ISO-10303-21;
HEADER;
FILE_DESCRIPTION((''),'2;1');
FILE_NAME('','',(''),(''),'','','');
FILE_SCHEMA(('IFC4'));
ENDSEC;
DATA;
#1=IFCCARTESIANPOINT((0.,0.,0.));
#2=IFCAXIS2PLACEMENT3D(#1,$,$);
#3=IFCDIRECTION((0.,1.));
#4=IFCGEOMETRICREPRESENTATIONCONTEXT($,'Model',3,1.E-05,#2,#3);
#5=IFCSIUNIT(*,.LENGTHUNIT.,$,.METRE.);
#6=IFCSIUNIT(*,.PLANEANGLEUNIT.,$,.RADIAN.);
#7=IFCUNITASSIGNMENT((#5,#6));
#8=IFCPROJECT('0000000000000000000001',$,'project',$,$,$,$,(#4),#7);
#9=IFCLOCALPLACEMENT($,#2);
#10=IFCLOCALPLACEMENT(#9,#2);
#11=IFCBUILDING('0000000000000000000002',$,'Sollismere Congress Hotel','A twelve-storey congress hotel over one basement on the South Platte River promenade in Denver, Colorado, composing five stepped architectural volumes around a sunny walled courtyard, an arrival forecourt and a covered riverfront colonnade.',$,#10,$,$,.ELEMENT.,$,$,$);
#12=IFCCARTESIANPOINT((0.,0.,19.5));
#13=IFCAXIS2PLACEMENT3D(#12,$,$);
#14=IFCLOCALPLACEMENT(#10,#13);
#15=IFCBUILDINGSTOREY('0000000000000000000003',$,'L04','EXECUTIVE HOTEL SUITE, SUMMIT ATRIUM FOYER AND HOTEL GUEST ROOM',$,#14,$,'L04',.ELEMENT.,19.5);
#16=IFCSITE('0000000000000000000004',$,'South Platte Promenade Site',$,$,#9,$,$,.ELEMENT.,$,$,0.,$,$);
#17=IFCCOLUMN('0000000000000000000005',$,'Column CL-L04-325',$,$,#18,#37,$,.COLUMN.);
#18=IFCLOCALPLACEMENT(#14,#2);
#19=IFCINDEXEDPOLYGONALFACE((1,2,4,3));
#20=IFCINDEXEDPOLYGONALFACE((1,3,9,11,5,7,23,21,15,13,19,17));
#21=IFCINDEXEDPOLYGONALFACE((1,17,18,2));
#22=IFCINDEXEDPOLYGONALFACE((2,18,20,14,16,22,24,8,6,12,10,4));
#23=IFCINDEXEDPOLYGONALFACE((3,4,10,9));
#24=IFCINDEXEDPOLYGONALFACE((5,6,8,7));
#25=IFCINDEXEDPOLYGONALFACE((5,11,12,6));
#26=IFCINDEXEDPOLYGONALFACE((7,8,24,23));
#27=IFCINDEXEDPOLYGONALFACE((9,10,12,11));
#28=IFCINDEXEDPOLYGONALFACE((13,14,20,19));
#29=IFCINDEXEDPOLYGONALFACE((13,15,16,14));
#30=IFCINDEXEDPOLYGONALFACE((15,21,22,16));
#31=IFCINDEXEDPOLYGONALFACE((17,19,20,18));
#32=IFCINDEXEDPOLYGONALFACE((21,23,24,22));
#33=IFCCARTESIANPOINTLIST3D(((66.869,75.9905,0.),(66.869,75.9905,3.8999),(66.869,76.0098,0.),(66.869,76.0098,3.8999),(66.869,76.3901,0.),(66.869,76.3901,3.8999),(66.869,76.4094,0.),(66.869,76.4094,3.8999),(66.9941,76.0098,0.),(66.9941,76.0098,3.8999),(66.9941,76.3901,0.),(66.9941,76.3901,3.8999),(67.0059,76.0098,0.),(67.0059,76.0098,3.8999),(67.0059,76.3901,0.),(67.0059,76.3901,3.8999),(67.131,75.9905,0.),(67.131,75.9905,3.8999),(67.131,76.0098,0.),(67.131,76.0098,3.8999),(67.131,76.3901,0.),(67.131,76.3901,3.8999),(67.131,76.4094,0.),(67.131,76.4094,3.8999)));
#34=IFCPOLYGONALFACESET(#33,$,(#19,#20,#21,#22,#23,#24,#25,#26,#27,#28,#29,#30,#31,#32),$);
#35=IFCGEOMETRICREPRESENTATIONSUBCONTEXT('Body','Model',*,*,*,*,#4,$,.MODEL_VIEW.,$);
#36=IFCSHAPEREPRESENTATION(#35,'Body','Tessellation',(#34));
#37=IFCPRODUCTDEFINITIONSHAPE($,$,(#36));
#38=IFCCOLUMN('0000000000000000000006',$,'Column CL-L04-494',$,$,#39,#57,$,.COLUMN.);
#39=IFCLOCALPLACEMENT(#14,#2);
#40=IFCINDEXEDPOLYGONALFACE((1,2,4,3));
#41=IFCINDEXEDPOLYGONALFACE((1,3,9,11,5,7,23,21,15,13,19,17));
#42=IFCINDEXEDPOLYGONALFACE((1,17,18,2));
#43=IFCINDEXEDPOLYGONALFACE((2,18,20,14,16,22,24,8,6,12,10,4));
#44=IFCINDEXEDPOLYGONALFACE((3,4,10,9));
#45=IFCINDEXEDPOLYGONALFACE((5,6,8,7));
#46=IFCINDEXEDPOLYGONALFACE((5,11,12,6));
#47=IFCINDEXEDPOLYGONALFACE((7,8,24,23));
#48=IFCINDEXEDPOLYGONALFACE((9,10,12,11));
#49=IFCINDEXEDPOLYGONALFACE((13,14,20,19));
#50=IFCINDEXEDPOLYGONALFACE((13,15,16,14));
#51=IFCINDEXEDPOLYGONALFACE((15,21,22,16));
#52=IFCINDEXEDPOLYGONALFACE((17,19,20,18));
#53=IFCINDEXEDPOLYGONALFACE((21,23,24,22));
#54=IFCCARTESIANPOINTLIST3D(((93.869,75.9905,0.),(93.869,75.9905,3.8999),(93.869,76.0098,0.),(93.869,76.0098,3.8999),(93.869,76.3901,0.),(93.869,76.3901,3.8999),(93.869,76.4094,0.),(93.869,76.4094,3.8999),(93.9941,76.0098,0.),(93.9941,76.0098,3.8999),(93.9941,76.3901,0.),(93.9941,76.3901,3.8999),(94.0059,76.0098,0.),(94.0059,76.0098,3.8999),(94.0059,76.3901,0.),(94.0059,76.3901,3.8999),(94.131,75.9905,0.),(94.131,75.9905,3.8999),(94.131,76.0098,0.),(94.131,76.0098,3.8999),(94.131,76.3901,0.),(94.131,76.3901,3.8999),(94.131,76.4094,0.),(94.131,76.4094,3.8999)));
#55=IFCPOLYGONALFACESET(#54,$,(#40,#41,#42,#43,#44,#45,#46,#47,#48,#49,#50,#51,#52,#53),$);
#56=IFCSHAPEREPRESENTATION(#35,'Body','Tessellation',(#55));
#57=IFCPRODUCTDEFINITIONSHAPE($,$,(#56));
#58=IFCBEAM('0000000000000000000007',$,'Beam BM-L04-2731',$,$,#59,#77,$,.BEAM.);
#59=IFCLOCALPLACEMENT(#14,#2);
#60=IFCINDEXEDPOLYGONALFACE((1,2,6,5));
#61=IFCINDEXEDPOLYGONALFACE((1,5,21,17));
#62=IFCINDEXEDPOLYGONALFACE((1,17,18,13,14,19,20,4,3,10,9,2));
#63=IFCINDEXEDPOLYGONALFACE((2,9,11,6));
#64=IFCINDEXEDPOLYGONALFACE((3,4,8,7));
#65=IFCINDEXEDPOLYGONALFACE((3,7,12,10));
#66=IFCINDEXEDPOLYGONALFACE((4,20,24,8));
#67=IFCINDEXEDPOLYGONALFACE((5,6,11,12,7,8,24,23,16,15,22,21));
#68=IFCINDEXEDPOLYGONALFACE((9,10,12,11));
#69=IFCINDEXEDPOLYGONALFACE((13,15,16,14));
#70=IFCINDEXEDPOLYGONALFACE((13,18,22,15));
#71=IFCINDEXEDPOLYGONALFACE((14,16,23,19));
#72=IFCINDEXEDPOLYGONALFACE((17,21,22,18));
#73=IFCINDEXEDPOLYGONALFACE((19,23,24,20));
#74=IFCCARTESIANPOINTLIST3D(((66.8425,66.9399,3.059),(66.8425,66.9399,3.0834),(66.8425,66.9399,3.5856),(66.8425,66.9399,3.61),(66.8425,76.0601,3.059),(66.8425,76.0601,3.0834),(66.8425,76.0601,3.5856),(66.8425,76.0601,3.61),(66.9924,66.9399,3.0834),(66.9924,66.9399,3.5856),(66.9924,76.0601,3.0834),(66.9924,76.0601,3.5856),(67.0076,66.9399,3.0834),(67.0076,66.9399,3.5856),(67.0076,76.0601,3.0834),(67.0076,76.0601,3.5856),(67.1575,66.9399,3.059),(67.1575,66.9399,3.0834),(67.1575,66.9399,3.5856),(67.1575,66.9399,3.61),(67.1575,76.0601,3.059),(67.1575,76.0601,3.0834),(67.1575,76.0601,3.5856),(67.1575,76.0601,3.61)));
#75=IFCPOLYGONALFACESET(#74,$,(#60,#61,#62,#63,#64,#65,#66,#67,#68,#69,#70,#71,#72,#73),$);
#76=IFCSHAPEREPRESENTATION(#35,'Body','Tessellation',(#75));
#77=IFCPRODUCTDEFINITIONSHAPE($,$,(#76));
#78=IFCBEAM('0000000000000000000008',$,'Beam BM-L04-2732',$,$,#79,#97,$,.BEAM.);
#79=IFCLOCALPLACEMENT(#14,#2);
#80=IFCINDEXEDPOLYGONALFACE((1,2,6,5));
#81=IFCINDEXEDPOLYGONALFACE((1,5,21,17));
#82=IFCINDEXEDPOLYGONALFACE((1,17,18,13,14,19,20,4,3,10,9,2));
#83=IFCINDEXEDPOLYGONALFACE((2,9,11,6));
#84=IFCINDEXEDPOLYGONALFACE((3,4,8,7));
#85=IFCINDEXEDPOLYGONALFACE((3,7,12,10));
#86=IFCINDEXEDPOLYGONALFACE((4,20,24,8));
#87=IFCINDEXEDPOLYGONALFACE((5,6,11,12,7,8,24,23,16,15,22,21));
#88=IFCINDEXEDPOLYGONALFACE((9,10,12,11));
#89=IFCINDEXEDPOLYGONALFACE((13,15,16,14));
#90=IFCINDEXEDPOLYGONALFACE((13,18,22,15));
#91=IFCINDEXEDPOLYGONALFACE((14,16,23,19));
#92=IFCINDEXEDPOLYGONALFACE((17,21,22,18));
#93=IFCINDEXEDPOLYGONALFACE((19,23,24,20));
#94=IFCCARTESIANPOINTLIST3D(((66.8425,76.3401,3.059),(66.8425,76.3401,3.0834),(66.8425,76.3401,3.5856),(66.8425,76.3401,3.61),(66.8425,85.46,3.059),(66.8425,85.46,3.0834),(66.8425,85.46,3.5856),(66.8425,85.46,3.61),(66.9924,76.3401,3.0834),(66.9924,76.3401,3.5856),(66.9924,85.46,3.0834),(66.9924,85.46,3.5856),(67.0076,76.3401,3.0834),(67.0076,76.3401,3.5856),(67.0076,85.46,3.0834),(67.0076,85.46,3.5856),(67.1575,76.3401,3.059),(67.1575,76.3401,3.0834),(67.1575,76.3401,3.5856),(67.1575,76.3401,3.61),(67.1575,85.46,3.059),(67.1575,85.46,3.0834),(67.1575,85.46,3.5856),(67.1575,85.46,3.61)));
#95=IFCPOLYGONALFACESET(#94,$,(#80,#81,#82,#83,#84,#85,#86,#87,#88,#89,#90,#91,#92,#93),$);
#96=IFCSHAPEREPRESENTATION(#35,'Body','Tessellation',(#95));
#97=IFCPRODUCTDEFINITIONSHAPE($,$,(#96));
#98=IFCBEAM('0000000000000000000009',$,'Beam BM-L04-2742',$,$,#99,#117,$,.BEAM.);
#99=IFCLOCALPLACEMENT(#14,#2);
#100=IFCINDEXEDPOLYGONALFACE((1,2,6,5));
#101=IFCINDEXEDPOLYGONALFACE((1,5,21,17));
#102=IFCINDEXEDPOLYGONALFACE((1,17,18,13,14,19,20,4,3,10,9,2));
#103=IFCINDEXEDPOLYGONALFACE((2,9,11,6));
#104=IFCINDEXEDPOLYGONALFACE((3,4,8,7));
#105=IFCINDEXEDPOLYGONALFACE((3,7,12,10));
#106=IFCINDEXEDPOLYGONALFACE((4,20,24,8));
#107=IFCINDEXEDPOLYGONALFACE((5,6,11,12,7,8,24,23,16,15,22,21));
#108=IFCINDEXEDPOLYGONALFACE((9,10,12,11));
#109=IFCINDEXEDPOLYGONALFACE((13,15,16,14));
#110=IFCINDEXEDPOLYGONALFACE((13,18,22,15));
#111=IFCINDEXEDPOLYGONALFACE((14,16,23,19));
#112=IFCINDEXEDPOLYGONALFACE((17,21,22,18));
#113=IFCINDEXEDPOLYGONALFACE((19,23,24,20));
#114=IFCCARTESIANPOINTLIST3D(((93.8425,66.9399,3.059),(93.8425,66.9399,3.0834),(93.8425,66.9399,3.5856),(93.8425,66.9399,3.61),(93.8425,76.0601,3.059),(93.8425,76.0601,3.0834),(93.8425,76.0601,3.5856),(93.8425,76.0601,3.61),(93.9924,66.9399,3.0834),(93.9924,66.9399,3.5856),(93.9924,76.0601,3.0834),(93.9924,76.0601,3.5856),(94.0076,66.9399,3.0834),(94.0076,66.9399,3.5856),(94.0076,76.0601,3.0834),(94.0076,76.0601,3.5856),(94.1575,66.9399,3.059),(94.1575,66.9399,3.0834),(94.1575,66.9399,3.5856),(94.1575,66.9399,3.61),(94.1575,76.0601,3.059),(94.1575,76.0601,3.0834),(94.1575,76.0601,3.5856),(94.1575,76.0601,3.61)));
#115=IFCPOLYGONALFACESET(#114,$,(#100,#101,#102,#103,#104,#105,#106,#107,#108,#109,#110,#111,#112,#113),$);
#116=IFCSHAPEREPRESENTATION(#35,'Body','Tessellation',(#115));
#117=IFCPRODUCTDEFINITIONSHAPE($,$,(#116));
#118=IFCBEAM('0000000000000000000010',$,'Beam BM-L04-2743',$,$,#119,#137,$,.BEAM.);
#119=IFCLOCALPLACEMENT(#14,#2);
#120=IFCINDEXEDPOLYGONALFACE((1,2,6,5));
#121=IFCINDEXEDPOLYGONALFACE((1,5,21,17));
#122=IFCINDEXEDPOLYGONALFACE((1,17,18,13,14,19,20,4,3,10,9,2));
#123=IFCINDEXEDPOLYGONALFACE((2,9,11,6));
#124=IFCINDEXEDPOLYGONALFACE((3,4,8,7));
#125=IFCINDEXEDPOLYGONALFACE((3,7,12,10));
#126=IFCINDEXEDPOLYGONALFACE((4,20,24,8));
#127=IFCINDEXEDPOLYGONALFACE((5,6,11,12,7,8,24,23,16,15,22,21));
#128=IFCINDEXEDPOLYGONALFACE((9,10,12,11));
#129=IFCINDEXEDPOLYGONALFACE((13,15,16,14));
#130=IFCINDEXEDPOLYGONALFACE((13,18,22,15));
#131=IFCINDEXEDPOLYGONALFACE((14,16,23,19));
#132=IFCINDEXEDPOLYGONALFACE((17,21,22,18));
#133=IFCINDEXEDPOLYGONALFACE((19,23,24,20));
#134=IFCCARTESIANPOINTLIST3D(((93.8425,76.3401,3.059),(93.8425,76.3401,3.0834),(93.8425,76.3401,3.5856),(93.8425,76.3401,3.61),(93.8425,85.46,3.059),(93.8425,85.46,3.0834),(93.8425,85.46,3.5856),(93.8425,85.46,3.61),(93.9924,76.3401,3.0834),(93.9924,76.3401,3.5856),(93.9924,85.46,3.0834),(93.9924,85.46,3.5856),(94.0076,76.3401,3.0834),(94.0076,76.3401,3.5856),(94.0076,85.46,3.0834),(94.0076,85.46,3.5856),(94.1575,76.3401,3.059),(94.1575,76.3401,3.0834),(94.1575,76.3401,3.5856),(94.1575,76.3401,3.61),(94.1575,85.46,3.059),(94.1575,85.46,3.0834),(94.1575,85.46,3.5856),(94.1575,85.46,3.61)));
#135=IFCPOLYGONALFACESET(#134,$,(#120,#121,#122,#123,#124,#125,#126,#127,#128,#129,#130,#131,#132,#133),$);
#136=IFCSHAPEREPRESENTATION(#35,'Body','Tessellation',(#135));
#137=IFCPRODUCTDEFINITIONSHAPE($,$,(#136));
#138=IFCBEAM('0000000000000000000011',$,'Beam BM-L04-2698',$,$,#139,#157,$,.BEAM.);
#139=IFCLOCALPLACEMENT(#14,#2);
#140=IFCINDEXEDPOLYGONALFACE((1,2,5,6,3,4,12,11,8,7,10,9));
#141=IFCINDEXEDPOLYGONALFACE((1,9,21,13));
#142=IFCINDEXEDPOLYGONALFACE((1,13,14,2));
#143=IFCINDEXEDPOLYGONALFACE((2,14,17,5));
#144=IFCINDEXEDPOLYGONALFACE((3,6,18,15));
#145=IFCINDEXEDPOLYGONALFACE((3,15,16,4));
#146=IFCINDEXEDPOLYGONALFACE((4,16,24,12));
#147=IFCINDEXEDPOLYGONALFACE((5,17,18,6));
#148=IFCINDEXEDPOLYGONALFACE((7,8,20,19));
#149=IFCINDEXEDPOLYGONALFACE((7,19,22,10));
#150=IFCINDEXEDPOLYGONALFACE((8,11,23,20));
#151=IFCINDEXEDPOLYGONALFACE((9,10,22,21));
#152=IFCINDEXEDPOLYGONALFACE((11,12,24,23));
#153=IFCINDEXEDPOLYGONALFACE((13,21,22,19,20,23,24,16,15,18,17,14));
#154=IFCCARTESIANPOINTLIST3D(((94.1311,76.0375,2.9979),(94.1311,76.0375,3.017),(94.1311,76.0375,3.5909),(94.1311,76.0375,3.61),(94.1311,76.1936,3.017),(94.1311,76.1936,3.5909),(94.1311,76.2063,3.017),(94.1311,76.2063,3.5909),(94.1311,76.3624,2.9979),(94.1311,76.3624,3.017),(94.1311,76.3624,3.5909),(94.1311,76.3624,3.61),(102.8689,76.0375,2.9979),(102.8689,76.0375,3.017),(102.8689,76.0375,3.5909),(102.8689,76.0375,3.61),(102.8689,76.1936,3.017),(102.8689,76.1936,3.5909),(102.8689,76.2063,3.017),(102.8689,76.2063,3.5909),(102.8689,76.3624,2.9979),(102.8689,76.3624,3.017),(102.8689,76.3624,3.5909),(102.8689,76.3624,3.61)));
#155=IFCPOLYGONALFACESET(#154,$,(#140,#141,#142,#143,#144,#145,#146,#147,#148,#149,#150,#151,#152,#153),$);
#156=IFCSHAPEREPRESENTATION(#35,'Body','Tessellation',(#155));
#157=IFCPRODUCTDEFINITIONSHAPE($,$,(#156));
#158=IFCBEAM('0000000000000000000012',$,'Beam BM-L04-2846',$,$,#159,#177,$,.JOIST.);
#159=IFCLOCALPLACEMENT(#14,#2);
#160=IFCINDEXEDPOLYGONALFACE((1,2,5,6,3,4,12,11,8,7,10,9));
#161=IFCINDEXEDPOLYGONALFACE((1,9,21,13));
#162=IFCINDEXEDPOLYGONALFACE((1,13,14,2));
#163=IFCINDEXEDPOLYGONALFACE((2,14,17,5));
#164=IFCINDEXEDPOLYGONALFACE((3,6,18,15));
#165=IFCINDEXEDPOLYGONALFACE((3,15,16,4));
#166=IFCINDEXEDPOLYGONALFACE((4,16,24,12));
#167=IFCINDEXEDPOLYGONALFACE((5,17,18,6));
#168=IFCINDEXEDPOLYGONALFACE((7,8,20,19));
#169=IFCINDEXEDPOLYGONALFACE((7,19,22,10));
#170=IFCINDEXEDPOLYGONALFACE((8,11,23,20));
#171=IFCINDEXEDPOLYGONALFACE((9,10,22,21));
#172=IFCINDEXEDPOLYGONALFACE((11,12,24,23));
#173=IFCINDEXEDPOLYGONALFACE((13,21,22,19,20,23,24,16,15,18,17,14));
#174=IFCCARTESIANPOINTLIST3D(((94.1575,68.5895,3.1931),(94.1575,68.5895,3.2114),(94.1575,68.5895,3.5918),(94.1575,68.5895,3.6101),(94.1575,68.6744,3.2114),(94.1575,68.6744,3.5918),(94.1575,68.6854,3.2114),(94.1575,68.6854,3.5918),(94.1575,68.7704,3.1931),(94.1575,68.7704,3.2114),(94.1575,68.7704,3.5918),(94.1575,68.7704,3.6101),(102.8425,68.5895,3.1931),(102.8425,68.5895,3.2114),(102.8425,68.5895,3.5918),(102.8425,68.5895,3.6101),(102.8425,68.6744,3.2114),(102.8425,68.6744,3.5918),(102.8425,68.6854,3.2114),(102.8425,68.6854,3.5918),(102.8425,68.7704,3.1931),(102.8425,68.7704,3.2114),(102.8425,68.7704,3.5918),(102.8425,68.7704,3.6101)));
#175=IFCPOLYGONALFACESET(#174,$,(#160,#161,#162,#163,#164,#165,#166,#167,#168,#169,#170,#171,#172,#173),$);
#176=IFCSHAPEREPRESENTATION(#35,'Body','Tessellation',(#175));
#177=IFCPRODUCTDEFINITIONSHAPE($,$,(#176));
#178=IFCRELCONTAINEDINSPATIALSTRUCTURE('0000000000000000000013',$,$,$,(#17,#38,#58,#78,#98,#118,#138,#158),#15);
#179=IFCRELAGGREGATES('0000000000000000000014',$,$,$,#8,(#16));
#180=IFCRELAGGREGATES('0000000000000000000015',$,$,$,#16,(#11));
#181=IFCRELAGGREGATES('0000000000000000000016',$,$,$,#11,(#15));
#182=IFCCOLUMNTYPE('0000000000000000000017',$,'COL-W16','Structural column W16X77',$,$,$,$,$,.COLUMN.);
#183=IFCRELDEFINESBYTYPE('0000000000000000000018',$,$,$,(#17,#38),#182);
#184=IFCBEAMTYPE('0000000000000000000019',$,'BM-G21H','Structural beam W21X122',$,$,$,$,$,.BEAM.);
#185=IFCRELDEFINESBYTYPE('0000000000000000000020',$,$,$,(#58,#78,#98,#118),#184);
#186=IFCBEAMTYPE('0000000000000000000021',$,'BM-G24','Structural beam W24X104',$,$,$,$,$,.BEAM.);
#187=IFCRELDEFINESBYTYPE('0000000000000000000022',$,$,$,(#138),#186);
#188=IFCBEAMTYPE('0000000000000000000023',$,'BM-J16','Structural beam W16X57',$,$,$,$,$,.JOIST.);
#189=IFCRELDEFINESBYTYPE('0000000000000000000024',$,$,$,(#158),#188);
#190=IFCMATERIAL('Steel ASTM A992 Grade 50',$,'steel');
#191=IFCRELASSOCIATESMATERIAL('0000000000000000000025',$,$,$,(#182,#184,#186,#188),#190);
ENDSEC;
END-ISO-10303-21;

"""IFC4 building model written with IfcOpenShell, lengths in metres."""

from ifc_helpers import new_model, si_unit, direction, frame, origin, origin_2d, place, context, subcontext, project, spatial, i_section, extrude, material, material_profile, profile_set, type_object, element, save


model = new_model("IFC4")

# Units and contexts
model_context = context("Model", 3, precision=1e-05, world=origin(), true_north=direction((0.0, 1.0)))
body_context = subcontext(model_context, "Body", "Model", "MODEL_VIEW")
ifc_project = project(units=[si_unit("LENGTHUNIT", "METRE"), si_unit("PLANEANGLEUNIT", "RADIAN")], contexts=[model_context])

# Site, building, storey
site_placement = place(None, origin())
site = spatial("IfcSite", under=ifc_project, at=site_placement, Name="South Platte Promenade Site", CompositionType="ELEMENT", RefElevation=0.0)
building_placement = place(site_placement, origin())
building = spatial("IfcBuilding", under=site, at=building_placement, Name="Sollismere Congress Hotel", Description="A twelve-storey congress hotel over one basement on the South Platte River promenade in Denver, Colorado, composing five stepped architectural volumes around a sunny walled courtyard, an arrival forecourt and a covered riverfront colonnade.", CompositionType="ELEMENT")
storey_placement = place(building_placement, frame((0.0, 0.0, 19.5)))
storey = spatial("IfcBuildingStorey", under=building, at=storey_placement, Name="L04", Description="EXECUTIVE HOTEL SUITE, SUMMIT ATRIUM FOYER AND HOTEL GUEST ROOM", LongName="L04", CompositionType="ELEMENT", Elevation=19.5)

# Columns
ifc_material_1 = material(Name="Steel ASTM A992 Grade 50", Category="steel")
ifc_material_profile_1 = material_profile(ifc_material_1, i_section(OverallWidth=0.262, OverallDepth=0.4189, WebThickness=0.0117, FlangeThickness=0.0193, at=origin_2d()), Name="W16X77")
ifc_profile_set_1 = profile_set([ifc_material_profile_1], Name="Steel ASTM A992 Grade 50")
column_type = type_object("IfcColumnType", Name="COL-W16", Description="Structural column W16X77", PredefinedType="COLUMN", material=ifc_profile_set_1)
for number, where, z_axis, x_axis, name in (
    (1, (67.0, 76.2, 0.0), (0.0, 0.0, 1.0), (1.0, 0.0, 0.0), "Column CL-L04-325"),
    (2, (94.0, 76.2, 0.0), (0.0, 0.0, 1.0), (1.0, 0.0, 0.0), "Column CL-L04-494"),
):
    element("IfcColumn", number, at=place(storey_placement, frame(where, z_axis=z_axis, x_axis=x_axis)), inside=storey, type_object=column_type, Name=name, PredefinedType="COLUMN", context=body_context, shape_type="SweptSolid", body=[
        extrude(i_section(OverallWidth=0.262, OverallDepth=0.4189, WebThickness=0.0117, FlangeThickness=0.0193, at=origin_2d()), origin(), (0.0, 0.0, 1.0), 3.8999),
    ])

# Beams
ifc_material_profile_2 = material_profile(ifc_material_1, i_section(OverallWidth=0.3149, OverallDepth=0.551, WebThickness=0.0151, FlangeThickness=0.0244, at=origin_2d()), Name="W21X122")
ifc_profile_set_2 = profile_set([ifc_material_profile_2], Name="Steel ASTM A992 Grade 50")
beam_type_1 = type_object("IfcBeamType", Name="BM-G21H", Description="Structural beam W21X122", PredefinedType="BEAM", material=ifc_profile_set_2)
beam_1_placement = place(storey_placement, frame((67.0, 66.9399, 3.3345), z_axis=(0.0, 1.0, 0.0), x_axis=(-1.0, 0.0, 0.0)))
element("IfcBeam", 3, at=beam_1_placement, inside=storey, type_object=beam_type_1, Name="Beam BM-L04-2731", PredefinedType="BEAM", context=body_context, shape_type="SweptSolid", body=[
    extrude(i_section(OverallWidth=0.3149, OverallDepth=0.551, WebThickness=0.0151, FlangeThickness=0.0244, at=origin_2d()), origin(), (0.0, 0.0, 1.0), 9.1201),
])
beam_2_placement = place(storey_placement, frame((67.0, 76.3401, 3.3345), z_axis=(0.0, 1.0, 0.0), x_axis=(-1.0, 0.0, 0.0)))
element("IfcBeam", 4, at=beam_2_placement, inside=storey, type_object=beam_type_1, Name="Beam BM-L04-2732", PredefinedType="BEAM", context=body_context, shape_type="SweptSolid", body=[
    extrude(i_section(OverallWidth=0.3149, OverallDepth=0.551, WebThickness=0.0151, FlangeThickness=0.0244, at=origin_2d()), origin(), (0.0, 0.0, 1.0), 9.1199),
])
beam_3_placement = place(storey_placement, frame((94.0, 66.9399, 3.3345), z_axis=(0.0, 1.0, 0.0), x_axis=(-1.0, 0.0, 0.0)))
element("IfcBeam", 5, at=beam_3_placement, inside=storey, type_object=beam_type_1, Name="Beam BM-L04-2742", PredefinedType="BEAM", context=body_context, shape_type="SweptSolid", body=[
    extrude(i_section(OverallWidth=0.3149, OverallDepth=0.551, WebThickness=0.0151, FlangeThickness=0.0244, at=origin_2d()), origin(), (0.0, 0.0, 1.0), 9.1201),
])
beam_4_placement = place(storey_placement, frame((94.0, 76.3401, 3.3345), z_axis=(0.0, 1.0, 0.0), x_axis=(-1.0, 0.0, 0.0)))
element("IfcBeam", 6, at=beam_4_placement, inside=storey, type_object=beam_type_1, Name="Beam BM-L04-2743", PredefinedType="BEAM", context=body_context, shape_type="SweptSolid", body=[
    extrude(i_section(OverallWidth=0.3149, OverallDepth=0.551, WebThickness=0.0151, FlangeThickness=0.0244, at=origin_2d()), origin(), (0.0, 0.0, 1.0), 9.1199),
])
ifc_material_profile_3 = material_profile(ifc_material_1, i_section(OverallWidth=0.325, OverallDepth=0.6121, WebThickness=0.0127, FlangeThickness=0.019, at=origin_2d()), Name="W24X104")
ifc_profile_set_3 = profile_set([ifc_material_profile_3], Name="Steel ASTM A992 Grade 50")
beam_type_2 = type_object("IfcBeamType", Name="BM-G24", Description="Structural beam W24X104", PredefinedType="BEAM", material=ifc_profile_set_3)
beam_5_placement = place(storey_placement, frame((94.1311, 76.2, 3.304), z_axis=(1.0, 0.0, 0.0), x_axis=(0.0, 1.0, 0.0)))
element("IfcBeam", 7, at=beam_5_placement, inside=storey, type_object=beam_type_2, Name="Beam BM-L04-2698", PredefinedType="BEAM", context=body_context, shape_type="SweptSolid", body=[
    extrude(i_section(OverallWidth=0.325, OverallDepth=0.6121, WebThickness=0.0127, FlangeThickness=0.019, at=origin_2d()), origin(), (0.0, 0.0, 1.0), 8.7378),
])
ifc_material_profile_4 = material_profile(ifc_material_1, i_section(OverallWidth=0.1809, OverallDepth=0.417, WebThickness=0.011, FlangeThickness=0.0183, at=origin_2d()), Name="W16X57")
ifc_profile_set_4 = profile_set([ifc_material_profile_4], Name="Steel ASTM A992 Grade 50")
beam_type_3 = type_object("IfcBeamType", Name="BM-J16", Description="Structural beam W16X57", PredefinedType="JOIST", material=ifc_profile_set_4)
for number, where, z_axis, x_axis, name in (
    (8, (94.1575, 68.6799, 3.4016), (1.0, 0.0, 0.0), (0.0, 1.0, 0.0), "Beam BM-L04-2846"),
):
    element("IfcBeam", number, at=place(storey_placement, frame(where, z_axis=z_axis, x_axis=x_axis)), inside=storey, type_object=beam_type_3, Name=name, PredefinedType="JOIST", context=body_context, shape_type="SweptSolid", body=[
        extrude(i_section(OverallWidth=0.1809, OverallDepth=0.417, WebThickness=0.011, FlangeThickness=0.0183, at=origin_2d()), origin(), (0.0, 0.0, 1.0), 8.6851),
    ])

save(model, "model.ifc")
